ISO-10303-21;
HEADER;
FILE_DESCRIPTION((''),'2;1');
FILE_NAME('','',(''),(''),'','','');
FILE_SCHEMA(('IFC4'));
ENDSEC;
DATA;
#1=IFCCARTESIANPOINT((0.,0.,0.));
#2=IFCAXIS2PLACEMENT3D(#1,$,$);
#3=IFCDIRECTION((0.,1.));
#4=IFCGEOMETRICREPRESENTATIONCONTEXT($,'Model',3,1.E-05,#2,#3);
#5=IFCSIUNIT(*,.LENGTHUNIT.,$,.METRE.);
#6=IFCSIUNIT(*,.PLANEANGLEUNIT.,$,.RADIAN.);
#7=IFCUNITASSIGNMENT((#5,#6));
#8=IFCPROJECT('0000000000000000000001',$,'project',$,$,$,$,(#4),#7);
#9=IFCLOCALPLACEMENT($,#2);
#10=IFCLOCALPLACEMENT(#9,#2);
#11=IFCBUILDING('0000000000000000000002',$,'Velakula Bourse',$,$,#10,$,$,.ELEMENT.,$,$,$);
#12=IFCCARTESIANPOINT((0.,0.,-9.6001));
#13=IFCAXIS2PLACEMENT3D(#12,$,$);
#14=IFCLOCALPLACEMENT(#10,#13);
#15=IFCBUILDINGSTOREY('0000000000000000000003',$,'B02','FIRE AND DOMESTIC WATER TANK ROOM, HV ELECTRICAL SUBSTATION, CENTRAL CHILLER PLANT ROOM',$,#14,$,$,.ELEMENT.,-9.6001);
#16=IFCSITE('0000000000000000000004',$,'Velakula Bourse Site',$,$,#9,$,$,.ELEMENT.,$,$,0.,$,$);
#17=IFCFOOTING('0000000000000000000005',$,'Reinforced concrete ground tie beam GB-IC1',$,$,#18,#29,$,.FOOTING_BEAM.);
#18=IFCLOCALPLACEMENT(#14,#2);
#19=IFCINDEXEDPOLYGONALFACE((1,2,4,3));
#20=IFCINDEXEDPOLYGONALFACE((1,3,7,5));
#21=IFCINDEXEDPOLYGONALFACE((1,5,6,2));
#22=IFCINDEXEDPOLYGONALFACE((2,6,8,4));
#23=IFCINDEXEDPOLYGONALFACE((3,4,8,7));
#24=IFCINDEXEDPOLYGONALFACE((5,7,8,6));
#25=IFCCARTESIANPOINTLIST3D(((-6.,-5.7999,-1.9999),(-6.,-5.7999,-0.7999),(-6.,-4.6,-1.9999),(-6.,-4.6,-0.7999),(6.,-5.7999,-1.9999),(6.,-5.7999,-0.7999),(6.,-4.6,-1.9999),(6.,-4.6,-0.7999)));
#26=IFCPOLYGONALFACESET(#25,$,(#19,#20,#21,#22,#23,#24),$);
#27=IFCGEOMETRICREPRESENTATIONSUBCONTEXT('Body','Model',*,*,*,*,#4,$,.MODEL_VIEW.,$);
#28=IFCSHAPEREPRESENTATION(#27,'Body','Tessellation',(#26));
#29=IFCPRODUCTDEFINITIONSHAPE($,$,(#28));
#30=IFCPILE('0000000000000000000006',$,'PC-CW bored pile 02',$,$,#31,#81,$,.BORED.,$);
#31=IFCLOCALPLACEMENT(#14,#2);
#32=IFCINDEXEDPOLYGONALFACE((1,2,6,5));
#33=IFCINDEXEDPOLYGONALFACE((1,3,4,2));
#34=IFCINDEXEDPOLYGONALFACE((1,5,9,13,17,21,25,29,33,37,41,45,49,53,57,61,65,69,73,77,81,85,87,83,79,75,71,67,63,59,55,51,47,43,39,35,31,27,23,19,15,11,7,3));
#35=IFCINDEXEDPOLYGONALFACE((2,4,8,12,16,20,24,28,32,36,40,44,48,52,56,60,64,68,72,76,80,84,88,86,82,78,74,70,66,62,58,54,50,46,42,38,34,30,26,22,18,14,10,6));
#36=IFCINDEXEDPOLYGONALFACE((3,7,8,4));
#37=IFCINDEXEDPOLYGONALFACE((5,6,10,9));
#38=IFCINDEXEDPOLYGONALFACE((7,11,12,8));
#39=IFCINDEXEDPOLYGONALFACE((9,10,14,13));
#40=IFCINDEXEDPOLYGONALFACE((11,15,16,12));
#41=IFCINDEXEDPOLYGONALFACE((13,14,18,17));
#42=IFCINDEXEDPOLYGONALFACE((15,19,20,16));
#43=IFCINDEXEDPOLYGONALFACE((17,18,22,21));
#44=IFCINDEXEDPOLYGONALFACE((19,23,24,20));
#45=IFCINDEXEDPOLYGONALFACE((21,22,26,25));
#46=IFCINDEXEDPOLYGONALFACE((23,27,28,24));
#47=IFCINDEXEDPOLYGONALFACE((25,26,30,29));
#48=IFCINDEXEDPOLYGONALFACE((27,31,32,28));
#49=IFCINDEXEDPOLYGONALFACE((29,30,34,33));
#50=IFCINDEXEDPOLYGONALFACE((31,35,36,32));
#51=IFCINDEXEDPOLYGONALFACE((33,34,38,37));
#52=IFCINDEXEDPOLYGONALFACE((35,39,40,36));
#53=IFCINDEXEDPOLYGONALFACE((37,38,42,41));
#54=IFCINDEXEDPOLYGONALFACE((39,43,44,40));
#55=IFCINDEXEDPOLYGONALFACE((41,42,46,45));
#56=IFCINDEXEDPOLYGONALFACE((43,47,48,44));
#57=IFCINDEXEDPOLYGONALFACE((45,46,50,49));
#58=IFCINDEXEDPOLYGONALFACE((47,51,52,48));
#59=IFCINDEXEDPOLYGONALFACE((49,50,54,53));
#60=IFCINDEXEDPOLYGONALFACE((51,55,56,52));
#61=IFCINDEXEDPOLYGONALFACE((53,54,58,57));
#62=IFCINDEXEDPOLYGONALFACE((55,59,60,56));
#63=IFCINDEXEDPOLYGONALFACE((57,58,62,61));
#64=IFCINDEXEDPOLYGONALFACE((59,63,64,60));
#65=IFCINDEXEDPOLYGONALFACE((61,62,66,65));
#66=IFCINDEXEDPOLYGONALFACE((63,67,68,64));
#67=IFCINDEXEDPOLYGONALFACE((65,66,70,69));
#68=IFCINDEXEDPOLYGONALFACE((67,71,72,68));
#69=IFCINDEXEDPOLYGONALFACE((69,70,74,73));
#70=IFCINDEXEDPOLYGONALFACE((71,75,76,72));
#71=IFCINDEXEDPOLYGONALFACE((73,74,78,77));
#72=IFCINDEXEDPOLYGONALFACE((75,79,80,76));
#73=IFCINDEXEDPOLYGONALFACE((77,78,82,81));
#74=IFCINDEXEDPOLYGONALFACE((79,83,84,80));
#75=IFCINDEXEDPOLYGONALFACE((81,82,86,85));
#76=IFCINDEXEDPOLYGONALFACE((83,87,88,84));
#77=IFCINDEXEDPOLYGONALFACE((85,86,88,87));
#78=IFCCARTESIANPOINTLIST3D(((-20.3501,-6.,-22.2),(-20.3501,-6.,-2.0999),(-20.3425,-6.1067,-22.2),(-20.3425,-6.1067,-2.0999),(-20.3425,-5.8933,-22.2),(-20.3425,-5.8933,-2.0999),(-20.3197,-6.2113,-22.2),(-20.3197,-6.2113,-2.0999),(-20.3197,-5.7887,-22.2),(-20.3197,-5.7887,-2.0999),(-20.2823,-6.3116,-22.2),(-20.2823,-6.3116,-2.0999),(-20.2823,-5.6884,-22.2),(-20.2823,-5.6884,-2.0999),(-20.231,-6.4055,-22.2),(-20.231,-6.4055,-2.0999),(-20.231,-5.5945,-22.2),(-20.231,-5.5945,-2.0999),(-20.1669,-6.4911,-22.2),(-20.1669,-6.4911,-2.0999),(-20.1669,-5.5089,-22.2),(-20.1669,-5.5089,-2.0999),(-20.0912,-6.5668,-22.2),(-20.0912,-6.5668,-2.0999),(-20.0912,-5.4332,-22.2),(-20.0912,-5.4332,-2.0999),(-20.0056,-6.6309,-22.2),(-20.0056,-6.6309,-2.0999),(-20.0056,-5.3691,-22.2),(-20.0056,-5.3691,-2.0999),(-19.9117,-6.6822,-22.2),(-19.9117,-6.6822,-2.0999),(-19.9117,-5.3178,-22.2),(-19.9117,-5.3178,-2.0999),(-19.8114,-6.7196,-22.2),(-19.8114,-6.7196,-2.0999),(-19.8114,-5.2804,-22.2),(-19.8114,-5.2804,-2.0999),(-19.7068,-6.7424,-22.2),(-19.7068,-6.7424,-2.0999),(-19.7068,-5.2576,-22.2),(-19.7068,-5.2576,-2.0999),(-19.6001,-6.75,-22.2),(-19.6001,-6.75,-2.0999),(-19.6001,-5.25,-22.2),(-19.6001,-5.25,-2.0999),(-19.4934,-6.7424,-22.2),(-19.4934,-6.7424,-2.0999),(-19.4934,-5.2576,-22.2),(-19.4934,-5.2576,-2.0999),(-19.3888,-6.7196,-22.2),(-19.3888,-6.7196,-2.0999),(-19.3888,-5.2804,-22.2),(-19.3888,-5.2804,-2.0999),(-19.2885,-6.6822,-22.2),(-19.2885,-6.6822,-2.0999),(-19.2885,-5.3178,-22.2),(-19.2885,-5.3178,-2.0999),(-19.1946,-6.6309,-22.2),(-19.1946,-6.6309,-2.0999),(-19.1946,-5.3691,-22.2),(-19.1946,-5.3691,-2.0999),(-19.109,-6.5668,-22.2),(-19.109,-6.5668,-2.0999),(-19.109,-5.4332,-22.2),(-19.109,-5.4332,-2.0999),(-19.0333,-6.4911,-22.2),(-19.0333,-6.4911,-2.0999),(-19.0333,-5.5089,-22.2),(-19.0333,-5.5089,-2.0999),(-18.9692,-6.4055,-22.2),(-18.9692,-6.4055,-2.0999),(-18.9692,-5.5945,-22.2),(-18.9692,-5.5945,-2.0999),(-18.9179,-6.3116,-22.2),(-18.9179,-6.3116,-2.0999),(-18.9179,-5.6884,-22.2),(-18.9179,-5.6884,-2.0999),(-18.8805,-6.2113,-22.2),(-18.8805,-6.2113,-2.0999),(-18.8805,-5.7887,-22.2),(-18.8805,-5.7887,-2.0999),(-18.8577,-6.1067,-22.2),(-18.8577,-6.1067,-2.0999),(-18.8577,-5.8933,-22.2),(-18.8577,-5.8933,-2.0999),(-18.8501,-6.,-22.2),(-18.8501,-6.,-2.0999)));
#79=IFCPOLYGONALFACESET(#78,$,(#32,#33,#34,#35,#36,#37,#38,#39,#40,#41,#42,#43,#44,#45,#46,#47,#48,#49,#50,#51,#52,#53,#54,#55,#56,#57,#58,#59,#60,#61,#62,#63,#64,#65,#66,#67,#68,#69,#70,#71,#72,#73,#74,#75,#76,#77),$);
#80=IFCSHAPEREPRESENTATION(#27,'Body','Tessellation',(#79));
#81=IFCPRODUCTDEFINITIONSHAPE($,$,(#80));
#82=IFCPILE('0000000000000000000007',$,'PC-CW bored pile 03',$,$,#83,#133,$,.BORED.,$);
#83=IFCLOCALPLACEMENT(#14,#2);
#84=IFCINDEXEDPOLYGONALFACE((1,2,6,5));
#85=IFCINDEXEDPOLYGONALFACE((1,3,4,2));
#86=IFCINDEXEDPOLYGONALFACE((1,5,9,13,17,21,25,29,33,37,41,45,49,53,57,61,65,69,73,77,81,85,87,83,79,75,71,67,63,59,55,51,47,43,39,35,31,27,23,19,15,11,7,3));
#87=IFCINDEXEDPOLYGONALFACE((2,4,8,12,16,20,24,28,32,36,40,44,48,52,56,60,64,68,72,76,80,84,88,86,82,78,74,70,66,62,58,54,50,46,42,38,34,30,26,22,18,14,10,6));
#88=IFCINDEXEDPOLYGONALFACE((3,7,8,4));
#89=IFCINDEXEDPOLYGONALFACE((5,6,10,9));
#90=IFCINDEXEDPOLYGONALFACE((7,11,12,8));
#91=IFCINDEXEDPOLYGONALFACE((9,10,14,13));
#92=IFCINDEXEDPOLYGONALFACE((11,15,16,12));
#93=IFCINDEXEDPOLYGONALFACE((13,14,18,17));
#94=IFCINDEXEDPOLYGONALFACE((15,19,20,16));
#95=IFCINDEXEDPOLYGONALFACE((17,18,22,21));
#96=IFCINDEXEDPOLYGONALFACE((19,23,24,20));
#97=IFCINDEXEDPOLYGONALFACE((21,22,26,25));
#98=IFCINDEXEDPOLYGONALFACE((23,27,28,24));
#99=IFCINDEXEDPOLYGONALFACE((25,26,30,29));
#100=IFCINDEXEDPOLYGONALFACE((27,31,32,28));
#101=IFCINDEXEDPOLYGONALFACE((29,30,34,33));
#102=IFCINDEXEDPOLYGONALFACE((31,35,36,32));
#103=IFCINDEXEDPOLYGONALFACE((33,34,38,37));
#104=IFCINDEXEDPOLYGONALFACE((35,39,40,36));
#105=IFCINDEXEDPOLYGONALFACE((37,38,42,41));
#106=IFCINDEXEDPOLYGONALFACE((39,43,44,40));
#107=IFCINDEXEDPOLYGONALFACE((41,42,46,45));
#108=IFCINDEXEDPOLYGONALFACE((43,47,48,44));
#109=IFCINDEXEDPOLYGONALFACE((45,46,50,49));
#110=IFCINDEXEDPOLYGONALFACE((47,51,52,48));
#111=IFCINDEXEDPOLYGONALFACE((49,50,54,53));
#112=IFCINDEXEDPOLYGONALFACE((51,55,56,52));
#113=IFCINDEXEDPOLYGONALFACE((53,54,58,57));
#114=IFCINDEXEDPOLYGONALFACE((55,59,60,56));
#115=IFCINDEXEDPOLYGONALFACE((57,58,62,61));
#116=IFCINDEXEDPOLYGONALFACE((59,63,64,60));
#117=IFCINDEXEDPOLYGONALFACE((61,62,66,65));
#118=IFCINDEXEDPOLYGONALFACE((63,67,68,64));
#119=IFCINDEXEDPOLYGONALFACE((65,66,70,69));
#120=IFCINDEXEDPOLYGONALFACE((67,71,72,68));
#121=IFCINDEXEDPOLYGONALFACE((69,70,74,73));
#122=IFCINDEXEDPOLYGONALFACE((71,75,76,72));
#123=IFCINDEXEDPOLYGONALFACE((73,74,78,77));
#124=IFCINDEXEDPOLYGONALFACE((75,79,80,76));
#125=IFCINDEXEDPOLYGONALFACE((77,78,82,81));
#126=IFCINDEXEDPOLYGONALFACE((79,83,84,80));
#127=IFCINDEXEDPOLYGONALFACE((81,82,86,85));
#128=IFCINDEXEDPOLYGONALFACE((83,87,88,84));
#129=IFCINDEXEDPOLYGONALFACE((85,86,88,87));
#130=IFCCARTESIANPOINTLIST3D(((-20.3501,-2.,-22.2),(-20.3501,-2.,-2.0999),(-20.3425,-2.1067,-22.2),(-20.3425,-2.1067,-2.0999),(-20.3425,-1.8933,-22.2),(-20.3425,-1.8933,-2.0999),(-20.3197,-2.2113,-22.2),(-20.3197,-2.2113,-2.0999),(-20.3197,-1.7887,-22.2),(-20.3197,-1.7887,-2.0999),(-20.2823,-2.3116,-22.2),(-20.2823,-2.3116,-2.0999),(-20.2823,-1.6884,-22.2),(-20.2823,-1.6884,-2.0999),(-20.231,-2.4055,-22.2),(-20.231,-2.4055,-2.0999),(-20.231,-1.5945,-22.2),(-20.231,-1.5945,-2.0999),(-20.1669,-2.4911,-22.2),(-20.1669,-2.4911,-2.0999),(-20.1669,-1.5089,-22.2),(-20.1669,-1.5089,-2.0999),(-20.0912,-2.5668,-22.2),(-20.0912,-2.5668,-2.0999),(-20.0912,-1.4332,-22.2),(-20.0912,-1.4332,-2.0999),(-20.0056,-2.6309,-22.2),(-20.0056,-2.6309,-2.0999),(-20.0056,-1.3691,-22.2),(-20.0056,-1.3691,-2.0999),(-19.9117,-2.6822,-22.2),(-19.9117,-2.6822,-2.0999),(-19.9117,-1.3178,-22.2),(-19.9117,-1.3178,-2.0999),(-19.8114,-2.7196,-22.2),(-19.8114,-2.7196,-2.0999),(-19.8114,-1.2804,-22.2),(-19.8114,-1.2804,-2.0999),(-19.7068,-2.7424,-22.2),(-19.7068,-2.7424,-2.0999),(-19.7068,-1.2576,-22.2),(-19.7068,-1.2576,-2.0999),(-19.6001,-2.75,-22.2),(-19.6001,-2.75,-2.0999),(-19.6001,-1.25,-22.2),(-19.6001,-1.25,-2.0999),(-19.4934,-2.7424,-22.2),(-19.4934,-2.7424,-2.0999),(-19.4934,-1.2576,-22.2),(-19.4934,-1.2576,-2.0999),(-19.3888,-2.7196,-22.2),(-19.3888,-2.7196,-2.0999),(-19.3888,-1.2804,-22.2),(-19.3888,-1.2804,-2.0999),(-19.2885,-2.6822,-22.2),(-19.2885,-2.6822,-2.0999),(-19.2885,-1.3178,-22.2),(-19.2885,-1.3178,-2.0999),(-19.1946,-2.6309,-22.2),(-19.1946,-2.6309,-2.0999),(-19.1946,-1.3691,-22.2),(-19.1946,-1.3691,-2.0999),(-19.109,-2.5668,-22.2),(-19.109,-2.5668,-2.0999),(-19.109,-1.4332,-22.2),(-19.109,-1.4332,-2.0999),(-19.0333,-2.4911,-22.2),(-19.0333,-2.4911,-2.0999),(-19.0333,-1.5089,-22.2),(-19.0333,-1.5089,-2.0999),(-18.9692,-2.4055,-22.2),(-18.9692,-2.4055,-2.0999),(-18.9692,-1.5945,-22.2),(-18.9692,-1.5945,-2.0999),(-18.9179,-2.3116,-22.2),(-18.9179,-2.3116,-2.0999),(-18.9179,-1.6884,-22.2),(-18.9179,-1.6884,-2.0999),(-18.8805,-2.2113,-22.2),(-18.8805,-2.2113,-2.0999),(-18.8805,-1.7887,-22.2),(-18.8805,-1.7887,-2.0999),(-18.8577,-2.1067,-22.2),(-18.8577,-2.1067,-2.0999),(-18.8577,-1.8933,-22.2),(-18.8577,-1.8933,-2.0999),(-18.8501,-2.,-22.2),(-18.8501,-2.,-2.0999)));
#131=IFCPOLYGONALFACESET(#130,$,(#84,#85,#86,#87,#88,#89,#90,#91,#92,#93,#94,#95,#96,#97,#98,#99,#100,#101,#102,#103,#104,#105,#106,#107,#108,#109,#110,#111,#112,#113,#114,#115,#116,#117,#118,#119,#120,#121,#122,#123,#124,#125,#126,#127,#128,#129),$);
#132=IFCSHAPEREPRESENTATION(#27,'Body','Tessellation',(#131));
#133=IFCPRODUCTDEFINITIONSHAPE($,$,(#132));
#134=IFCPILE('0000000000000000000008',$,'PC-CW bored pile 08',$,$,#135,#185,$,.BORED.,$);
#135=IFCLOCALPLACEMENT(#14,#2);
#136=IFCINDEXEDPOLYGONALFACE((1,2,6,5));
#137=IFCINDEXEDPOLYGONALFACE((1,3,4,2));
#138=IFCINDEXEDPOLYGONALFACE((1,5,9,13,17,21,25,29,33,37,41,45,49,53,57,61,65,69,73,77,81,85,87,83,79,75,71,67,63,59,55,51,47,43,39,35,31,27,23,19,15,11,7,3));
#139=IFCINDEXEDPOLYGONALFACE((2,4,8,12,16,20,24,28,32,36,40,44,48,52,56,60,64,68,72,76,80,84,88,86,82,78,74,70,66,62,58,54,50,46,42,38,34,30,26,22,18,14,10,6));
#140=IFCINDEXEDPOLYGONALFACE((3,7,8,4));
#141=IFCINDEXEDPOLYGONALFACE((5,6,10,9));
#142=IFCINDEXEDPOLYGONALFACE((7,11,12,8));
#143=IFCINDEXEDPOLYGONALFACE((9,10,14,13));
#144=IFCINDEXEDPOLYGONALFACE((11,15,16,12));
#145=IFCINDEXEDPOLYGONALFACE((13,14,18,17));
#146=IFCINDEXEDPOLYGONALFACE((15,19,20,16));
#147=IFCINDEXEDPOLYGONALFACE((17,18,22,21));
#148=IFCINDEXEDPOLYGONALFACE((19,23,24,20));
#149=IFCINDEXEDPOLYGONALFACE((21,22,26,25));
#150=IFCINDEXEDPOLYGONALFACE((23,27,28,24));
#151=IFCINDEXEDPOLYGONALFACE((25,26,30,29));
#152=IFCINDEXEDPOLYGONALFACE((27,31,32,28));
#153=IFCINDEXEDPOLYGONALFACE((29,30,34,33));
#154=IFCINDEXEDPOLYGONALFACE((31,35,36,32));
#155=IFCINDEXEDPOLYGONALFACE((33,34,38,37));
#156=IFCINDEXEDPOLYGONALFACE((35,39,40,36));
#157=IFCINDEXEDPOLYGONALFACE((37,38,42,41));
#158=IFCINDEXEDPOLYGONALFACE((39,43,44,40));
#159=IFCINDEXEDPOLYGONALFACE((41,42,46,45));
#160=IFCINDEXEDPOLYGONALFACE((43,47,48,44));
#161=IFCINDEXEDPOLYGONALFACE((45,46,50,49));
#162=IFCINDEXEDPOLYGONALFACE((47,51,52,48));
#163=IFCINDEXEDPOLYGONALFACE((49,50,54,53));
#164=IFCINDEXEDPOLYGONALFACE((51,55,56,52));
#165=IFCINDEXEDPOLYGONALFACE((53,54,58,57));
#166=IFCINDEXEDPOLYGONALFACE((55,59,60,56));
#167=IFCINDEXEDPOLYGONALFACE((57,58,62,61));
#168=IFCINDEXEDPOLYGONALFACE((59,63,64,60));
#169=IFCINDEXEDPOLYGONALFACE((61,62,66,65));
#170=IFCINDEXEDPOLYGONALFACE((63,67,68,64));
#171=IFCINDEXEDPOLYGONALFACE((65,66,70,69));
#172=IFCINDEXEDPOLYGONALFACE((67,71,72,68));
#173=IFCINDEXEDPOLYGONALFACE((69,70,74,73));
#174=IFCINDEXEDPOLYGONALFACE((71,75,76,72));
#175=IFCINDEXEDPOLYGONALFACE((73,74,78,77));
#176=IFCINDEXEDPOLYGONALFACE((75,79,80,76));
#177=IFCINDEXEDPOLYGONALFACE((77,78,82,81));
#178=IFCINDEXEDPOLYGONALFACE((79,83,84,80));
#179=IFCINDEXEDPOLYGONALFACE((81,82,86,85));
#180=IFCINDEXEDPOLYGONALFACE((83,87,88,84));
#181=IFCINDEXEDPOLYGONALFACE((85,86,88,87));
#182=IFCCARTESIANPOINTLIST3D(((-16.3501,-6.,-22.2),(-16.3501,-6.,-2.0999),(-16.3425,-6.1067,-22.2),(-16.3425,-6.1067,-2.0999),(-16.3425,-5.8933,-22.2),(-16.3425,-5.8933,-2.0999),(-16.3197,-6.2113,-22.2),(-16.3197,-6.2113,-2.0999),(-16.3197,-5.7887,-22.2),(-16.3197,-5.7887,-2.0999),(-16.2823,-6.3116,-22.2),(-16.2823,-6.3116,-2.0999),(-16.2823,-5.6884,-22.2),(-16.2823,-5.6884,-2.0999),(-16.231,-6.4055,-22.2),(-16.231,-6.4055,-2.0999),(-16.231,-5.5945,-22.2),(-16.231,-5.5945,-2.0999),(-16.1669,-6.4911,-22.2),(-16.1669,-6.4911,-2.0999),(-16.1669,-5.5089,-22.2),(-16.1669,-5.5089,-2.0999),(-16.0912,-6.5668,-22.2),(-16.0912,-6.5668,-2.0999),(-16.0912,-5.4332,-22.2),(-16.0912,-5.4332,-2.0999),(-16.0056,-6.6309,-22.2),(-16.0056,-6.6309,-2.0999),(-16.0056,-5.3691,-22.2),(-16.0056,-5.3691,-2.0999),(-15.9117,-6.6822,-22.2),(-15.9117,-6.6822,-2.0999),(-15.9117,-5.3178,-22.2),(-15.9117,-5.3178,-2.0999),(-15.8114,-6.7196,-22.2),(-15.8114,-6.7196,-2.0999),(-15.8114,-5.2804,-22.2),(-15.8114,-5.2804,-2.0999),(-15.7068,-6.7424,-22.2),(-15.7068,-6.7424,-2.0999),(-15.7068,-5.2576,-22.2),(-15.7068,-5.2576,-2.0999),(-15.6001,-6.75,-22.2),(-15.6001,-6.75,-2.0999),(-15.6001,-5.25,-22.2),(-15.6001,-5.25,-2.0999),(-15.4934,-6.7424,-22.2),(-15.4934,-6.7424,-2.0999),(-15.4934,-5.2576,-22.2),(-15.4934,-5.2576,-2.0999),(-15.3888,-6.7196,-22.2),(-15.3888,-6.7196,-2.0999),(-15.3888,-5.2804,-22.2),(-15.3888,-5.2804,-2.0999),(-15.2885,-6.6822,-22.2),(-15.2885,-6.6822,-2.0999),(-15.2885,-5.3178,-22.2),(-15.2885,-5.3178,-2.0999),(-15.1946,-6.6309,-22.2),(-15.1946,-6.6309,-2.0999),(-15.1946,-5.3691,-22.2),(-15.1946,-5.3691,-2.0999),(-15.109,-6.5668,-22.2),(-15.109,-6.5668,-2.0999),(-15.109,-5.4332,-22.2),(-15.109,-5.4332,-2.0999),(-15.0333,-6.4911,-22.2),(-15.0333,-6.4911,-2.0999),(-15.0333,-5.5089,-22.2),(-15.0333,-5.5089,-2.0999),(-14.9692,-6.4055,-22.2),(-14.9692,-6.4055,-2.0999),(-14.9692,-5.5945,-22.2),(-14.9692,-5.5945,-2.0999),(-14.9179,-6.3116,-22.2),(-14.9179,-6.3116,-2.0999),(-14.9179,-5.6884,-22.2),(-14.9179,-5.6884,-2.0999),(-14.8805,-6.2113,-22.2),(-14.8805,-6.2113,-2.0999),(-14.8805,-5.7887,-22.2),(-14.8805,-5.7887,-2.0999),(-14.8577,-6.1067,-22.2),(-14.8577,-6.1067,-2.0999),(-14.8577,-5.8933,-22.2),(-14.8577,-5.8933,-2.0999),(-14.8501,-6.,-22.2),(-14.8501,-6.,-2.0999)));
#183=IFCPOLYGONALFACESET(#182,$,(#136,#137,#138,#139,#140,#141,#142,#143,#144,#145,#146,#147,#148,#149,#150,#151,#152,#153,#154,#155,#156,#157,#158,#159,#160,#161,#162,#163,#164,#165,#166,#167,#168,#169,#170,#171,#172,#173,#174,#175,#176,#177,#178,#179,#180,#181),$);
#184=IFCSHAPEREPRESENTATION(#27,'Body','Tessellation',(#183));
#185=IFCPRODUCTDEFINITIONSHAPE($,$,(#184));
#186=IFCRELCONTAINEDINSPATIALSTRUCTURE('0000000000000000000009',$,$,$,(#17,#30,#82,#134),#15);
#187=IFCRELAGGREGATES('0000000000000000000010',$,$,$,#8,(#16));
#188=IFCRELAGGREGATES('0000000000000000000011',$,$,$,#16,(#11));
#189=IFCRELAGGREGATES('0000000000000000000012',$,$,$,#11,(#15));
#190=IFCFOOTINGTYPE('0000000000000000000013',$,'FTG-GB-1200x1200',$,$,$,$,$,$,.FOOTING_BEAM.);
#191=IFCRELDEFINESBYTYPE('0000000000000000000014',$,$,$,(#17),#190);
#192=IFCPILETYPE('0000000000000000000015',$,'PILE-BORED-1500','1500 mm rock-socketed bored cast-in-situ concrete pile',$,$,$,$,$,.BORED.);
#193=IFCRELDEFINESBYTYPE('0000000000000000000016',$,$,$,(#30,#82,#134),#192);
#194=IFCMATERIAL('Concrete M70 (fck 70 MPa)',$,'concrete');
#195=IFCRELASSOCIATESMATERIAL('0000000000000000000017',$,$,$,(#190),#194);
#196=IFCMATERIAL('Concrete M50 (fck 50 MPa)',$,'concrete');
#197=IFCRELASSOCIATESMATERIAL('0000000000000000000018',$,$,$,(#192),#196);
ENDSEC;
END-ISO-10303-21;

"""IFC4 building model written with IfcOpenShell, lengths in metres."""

from ifc_helpers import new_model, si_unit, direction, frame, origin, origin_2d, place, context, subcontext, project, spatial, rectangle, circle, extrude, material, material_profile, profile_set, type_object, element, save


model = new_model("IFC4")

# Units and contexts
model_context = context("Model", 3, precision=1e-05, world=origin(), true_north=direction((0.0, 1.0)))
body_context = subcontext(model_context, "Body", "Model", "MODEL_VIEW")
ifc_project = project(units=[si_unit("LENGTHUNIT", "METRE"), si_unit("PLANEANGLEUNIT", "RADIAN")], contexts=[model_context])

# Site, building, storey
site_placement = place(None, origin())
site = spatial("IfcSite", under=ifc_project, at=site_placement, Name="Velakula Bourse Site", CompositionType="ELEMENT", RefElevation=0.0)
building_placement = place(site_placement, origin())
building = spatial("IfcBuilding", under=site, at=building_placement, Name="Velakula Bourse", CompositionType="ELEMENT")
storey_placement = place(building_placement, frame((0.0, 0.0, -9.6001)))
storey = spatial("IfcBuildingStorey", under=building, at=storey_placement, Name="B02", Description="FIRE AND DOMESTIC WATER TANK ROOM, HV ELECTRICAL SUBSTATION, CENTRAL CHILLER PLANT ROOM", CompositionType="ELEMENT", Elevation=-9.6001)

# Footing
ifc_material_1 = material(Name="Concrete M70 (fck 70 MPa)", Category="concrete")
ifc_material_profile_1 = material_profile(ifc_material_1, rectangle(XDim=1.2, YDim=1.2, at=origin_2d()), Name="Concrete M70 (fck 70 MPa)")
ifc_profile_set_1 = profile_set([ifc_material_profile_1], Name="Concrete M70 (fck 70 MPa)")
footing_type = type_object("IfcFootingType", Name="FTG-GB-1200x1200", PredefinedType="FOOTING_BEAM", material=ifc_profile_set_1)
footing_placement = place(storey_placement, frame((-6.0, -5.2, -1.3999), z_axis=(1.0, 0.0, 0.0), x_axis=(0.0, 1.0, 0.0)))
element("IfcFooting", 1, at=footing_placement, inside=storey, type_object=footing_type, Name="Reinforced concrete ground tie beam GB-IC1", PredefinedType="FOOTING_BEAM", context=body_context, shape_type="SweptSolid", body=[
    extrude(rectangle(XDim=1.2, YDim=1.2, at=origin_2d()), origin(), (0.0, 0.0, 1.0), 12.0),
])

# Piles
ifc_material_2 = material(Name="Concrete M50 (fck 50 MPa)", Category="concrete")
ifc_material_profile_2 = material_profile(ifc_material_2, circle(Radius=0.75, at=origin_2d()), Name="Concrete M50 (fck 50 MPa)")
ifc_profile_set_2 = profile_set([ifc_material_profile_2], Name="Concrete M50 (fck 50 MPa)")
pile_type = type_object("IfcPileType", Name="PILE-BORED-1500", Description="1500 mm rock-socketed bored cast-in-situ concrete pile", PredefinedType="BORED", material=ifc_profile_set_2)
for number, where, z_axis, x_axis, name in (
    (2, (-19.6001, -6.0, -2.0999), (0.0, 0.0, -1.0), (1.0, 0.0, 0.0), "PC-CW bored pile 02"),
    (3, (-19.6001, -2.0, -2.0999), (0.0, 0.0, -1.0), (1.0, 0.0, 0.0), "PC-CW bored pile 03"),
    (4, (-15.6001, -6.0, -2.0999), (0.0, 0.0, -1.0), (1.0, 0.0, 0.0), "PC-CW bored pile 08"),
):
    element("IfcPile", number, at=place(storey_placement, frame(where, z_axis=z_axis, x_axis=x_axis)), inside=storey, type_object=pile_type, Name=name, PredefinedType="BORED", context=body_context, shape_type="SweptSolid", body=[
        extrude(circle(Radius=0.75, at=origin_2d()), origin(), (0.0, 0.0, 1.0), 20.1001),
    ])

save(model, "model.ifc")
